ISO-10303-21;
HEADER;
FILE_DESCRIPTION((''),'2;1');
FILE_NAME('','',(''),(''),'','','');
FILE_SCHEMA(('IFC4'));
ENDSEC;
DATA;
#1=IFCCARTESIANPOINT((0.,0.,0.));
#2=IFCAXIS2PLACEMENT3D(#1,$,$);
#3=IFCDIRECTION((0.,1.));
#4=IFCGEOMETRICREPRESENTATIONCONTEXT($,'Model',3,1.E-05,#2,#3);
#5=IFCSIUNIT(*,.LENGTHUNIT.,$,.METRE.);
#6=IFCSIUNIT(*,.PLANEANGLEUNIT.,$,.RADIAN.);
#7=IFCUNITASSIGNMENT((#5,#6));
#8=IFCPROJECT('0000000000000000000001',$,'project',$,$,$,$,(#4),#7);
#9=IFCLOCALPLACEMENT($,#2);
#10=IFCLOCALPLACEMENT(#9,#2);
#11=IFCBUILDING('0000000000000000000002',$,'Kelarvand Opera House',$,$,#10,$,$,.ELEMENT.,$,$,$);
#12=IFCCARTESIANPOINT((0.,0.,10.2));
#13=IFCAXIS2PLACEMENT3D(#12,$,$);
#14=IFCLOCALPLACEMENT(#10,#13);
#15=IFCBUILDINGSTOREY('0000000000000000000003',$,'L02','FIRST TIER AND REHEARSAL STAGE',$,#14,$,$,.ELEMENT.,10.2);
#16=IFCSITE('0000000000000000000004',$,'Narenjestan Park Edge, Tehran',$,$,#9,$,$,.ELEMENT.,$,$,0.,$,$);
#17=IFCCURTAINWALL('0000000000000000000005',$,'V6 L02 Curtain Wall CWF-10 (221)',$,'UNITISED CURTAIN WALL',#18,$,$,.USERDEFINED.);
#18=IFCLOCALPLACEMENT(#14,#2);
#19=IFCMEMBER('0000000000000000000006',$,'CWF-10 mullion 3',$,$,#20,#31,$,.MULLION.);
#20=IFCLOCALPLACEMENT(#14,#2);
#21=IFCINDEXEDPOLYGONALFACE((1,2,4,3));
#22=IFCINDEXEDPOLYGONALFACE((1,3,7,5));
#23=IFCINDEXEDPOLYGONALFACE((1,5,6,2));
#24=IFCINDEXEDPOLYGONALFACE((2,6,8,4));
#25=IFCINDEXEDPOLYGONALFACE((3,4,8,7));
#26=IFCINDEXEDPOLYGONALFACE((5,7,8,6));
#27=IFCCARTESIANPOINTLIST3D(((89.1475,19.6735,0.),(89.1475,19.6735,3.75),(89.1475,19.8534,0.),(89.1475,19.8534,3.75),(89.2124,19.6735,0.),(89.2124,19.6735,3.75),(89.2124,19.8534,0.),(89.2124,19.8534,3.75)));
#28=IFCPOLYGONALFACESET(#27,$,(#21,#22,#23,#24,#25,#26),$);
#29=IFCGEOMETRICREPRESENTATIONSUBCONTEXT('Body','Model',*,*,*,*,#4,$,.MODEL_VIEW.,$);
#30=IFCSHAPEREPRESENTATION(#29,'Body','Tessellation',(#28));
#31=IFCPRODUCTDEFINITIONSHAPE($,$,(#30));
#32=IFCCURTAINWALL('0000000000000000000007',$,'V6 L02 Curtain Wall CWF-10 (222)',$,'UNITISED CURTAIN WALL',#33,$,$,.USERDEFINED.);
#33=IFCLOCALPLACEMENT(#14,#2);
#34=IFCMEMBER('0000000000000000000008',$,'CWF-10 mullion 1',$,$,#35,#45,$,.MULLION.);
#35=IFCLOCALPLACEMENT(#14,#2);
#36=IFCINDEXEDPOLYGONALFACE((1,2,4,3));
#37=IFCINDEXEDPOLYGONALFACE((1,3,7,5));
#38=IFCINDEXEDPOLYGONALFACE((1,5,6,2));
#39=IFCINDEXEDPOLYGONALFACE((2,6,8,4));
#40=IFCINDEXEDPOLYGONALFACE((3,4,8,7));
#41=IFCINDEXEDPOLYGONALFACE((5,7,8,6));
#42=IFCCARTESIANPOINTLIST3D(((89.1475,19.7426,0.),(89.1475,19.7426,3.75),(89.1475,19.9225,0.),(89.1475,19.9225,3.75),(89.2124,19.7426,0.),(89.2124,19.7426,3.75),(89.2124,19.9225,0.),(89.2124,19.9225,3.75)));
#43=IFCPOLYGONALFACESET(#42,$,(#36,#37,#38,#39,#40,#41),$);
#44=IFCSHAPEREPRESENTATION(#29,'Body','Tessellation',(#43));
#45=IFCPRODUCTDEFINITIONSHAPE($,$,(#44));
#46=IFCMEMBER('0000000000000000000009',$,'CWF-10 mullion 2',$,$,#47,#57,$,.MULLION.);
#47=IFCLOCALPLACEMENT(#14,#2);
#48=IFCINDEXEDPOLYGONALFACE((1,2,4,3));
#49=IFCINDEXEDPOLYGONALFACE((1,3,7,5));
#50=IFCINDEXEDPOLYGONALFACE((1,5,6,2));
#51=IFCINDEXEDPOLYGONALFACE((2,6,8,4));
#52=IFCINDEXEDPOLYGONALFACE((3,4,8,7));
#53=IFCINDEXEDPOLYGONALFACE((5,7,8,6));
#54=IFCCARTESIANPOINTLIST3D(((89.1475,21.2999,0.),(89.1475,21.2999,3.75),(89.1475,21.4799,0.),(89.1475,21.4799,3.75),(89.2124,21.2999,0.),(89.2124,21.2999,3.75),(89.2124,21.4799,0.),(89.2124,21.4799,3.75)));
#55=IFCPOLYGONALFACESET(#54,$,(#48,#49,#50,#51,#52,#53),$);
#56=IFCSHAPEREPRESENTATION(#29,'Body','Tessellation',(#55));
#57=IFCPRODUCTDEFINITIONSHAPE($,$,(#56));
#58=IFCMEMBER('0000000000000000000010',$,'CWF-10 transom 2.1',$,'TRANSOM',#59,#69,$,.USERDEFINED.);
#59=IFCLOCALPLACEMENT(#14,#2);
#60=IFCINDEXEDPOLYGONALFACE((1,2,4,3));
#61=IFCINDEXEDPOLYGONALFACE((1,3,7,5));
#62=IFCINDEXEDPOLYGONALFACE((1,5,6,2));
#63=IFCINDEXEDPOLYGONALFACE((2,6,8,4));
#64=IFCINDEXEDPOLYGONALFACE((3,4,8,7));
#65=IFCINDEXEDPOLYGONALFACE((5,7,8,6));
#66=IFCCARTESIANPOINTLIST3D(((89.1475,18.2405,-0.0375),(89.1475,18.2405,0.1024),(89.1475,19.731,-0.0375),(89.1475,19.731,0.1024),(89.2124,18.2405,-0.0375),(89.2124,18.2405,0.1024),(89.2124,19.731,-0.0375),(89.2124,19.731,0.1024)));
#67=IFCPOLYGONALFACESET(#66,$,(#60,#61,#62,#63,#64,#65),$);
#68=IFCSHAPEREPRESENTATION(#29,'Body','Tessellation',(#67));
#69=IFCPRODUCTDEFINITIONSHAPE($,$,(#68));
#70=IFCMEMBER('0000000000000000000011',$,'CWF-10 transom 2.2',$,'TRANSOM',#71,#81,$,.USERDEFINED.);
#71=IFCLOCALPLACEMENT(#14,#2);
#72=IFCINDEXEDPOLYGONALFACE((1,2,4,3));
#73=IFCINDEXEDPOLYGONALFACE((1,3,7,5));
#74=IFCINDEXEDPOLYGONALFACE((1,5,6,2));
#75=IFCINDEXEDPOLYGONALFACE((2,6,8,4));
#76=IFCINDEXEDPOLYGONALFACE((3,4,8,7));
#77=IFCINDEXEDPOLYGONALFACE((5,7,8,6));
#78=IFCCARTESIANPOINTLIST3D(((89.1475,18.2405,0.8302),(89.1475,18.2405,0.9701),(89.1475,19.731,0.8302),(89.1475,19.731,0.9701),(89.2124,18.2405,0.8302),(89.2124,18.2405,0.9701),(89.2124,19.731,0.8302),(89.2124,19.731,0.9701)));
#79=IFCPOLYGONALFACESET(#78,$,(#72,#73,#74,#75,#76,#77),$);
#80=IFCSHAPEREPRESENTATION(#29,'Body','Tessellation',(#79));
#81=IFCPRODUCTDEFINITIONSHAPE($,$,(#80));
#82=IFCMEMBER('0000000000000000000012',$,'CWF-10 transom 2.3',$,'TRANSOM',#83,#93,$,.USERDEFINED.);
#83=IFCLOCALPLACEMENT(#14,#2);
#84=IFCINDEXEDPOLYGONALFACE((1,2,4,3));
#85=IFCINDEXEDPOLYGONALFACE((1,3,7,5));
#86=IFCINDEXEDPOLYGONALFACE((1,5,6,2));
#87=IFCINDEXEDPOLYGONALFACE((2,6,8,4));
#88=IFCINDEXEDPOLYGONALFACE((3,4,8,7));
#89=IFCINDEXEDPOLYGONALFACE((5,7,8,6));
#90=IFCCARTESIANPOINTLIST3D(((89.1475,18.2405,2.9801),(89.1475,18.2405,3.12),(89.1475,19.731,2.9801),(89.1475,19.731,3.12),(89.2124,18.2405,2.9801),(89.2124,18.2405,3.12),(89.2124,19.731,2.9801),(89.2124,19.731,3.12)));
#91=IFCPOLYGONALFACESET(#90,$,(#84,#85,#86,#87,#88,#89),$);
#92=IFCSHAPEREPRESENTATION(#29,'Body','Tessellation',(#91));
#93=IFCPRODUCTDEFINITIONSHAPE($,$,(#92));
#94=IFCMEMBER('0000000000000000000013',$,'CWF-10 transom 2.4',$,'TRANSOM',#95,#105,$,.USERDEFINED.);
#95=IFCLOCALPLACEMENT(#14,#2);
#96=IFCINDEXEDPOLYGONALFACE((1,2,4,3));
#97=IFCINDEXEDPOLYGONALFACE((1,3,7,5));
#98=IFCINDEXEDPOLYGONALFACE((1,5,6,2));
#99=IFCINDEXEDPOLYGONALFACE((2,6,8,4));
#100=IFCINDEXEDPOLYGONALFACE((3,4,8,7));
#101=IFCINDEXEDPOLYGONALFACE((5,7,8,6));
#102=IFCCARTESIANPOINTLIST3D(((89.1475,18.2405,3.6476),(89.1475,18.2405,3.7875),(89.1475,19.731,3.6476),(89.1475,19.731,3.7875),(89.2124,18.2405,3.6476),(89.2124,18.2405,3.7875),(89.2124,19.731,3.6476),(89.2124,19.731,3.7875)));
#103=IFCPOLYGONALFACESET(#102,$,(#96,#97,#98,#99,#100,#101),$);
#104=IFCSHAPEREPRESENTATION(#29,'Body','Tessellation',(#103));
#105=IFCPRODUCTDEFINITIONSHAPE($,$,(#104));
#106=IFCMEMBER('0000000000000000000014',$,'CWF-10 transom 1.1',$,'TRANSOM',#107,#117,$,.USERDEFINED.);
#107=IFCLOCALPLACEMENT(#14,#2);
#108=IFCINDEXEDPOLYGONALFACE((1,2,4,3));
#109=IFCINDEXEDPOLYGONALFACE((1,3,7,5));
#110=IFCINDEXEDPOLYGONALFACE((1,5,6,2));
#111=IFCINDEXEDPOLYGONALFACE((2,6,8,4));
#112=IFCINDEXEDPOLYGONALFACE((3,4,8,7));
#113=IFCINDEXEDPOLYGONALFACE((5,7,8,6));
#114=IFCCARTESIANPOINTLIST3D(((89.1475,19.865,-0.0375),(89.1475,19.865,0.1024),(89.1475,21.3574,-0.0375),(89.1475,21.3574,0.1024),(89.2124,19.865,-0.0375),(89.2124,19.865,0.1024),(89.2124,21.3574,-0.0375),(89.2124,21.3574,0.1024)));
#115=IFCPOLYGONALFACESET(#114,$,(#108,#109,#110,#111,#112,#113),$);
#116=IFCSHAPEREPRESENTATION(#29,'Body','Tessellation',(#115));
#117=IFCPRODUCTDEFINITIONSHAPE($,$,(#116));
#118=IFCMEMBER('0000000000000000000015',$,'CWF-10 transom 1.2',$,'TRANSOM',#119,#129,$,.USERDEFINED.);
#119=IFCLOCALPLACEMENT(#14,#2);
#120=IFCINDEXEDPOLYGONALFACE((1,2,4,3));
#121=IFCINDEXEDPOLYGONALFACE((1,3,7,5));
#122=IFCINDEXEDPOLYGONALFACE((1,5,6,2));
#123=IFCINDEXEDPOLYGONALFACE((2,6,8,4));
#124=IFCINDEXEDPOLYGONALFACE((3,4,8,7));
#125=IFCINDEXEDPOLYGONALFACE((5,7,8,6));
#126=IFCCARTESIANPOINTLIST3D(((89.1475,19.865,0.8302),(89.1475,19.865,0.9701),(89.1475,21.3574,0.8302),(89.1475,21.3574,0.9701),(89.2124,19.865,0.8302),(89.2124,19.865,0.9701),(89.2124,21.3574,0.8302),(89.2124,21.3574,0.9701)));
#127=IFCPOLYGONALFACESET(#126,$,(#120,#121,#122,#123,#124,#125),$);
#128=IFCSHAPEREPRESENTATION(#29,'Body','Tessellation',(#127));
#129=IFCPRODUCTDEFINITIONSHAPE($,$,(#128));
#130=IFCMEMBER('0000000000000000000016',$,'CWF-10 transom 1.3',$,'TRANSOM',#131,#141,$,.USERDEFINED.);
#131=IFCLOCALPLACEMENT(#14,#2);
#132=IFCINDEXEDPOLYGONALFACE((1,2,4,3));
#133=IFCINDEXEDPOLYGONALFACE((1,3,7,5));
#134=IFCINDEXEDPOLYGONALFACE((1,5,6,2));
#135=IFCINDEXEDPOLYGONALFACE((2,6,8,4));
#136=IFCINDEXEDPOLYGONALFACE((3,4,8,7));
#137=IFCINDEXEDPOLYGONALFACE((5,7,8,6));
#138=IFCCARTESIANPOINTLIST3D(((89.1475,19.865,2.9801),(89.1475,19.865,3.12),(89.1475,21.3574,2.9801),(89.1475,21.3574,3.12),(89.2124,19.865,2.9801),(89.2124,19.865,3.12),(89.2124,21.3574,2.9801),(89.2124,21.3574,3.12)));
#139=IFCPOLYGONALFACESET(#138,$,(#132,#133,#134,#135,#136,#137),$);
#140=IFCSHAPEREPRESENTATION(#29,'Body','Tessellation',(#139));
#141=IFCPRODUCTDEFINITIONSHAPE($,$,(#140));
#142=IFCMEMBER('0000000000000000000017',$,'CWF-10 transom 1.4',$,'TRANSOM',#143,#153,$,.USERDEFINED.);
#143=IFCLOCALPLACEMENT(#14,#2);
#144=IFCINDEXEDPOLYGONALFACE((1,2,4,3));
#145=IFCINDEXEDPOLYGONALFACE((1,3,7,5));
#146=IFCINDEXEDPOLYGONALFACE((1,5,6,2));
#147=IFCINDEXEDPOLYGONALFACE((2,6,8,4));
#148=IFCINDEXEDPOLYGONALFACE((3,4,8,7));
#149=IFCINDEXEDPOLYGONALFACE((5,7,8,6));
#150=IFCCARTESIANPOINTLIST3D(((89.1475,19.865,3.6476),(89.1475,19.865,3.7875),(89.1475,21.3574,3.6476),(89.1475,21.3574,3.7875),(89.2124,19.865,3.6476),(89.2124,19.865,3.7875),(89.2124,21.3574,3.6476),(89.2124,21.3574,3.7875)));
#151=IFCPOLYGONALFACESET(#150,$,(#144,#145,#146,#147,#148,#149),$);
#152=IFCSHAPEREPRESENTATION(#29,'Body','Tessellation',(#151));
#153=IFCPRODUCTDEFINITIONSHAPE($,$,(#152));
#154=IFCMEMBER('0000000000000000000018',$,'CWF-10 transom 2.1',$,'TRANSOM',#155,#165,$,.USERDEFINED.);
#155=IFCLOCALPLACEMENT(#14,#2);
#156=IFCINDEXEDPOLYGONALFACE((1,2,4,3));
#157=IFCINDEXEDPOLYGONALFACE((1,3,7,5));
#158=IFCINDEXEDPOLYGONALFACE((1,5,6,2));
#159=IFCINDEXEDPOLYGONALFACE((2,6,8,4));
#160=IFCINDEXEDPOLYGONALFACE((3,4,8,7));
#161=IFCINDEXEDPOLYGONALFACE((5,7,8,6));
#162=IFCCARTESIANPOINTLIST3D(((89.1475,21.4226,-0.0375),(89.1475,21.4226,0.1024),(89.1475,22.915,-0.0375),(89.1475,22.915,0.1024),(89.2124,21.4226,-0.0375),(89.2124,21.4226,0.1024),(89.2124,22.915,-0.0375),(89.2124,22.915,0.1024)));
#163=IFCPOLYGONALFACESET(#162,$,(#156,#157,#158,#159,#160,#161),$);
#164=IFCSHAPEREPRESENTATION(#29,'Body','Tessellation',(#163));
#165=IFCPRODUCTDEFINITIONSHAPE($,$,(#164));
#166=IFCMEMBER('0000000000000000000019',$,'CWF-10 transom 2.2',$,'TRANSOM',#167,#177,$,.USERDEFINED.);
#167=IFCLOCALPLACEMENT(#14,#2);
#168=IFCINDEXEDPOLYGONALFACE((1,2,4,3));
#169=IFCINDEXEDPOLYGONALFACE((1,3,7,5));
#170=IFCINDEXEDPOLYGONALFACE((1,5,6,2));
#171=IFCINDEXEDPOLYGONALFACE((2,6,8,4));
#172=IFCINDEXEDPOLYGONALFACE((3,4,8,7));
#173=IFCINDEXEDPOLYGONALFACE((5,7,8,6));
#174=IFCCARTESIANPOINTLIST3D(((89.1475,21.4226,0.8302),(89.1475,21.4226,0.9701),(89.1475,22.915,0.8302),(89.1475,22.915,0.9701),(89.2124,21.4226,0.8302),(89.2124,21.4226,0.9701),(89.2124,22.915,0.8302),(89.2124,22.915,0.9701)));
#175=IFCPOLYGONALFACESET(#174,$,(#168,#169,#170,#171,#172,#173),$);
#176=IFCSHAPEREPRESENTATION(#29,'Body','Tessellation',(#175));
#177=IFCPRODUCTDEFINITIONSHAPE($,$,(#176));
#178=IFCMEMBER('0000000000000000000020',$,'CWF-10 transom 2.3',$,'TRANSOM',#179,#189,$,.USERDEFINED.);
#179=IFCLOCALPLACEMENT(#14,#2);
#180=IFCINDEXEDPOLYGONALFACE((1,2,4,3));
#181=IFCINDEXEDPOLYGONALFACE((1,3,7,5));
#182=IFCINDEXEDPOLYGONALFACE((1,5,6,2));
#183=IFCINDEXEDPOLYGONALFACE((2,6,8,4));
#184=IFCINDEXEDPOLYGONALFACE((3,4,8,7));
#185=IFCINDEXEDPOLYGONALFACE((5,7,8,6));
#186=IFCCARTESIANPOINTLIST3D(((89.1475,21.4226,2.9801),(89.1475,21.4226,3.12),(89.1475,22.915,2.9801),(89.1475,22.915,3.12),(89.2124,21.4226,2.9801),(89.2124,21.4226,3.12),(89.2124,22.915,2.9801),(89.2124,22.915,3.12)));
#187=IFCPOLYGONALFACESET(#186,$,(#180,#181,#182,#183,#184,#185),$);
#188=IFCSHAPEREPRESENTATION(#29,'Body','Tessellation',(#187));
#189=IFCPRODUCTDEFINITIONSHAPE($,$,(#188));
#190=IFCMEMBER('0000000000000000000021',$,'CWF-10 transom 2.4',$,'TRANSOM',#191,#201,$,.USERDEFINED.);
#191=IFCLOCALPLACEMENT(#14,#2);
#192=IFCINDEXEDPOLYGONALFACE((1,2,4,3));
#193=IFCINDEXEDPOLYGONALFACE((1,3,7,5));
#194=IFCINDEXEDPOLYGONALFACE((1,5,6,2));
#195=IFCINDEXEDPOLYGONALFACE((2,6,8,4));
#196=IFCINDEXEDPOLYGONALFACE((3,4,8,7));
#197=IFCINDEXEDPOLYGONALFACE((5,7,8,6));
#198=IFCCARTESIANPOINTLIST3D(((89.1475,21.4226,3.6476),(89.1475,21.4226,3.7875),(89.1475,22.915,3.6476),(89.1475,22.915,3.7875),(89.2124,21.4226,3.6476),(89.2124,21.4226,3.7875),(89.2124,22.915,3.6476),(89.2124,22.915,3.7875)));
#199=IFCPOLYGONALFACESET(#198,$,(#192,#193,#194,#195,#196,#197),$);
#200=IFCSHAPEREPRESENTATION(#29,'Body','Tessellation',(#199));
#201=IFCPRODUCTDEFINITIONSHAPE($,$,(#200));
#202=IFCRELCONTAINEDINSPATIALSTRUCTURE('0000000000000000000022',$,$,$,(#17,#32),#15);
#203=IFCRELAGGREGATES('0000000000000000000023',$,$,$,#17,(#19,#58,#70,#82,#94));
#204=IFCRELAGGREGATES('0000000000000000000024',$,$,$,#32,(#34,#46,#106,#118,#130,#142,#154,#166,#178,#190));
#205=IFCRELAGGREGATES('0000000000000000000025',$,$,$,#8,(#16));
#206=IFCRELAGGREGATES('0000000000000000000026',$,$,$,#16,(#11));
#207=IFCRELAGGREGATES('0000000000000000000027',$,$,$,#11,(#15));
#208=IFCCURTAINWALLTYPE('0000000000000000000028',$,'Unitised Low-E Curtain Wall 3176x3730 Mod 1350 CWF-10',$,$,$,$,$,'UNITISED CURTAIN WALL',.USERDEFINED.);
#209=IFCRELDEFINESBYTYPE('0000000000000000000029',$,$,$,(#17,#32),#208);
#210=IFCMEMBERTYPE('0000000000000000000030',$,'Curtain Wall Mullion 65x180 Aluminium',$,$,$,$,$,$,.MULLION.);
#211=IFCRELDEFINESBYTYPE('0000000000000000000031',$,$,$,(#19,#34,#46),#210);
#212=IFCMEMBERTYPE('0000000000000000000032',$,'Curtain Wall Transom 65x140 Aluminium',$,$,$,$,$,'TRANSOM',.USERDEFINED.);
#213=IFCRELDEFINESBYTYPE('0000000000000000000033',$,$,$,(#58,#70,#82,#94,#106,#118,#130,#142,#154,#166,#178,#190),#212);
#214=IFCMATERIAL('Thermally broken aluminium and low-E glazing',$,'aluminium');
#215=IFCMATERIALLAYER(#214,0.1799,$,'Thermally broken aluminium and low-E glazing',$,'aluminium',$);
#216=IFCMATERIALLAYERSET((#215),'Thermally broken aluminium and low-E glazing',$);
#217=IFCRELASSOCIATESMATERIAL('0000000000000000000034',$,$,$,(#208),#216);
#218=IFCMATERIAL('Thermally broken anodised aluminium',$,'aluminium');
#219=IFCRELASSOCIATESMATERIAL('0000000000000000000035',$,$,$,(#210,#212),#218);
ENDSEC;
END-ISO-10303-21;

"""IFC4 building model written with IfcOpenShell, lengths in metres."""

from ifc_helpers import new_model, si_unit, direction, frame, origin, origin_2d, place, context, subcontext, project, spatial, rectangle, extrude, material, layer, layer_set, material_profile, profile_set, type_object, element, aggregate, save


model = new_model("IFC4")

# Units and contexts
model_context = context("Model", 3, precision=1e-05, world=origin(), true_north=direction((0.0, 1.0)))
body_context = subcontext(model_context, "Body", "Model", "MODEL_VIEW")
ifc_project = project(units=[si_unit("LENGTHUNIT", "METRE"), si_unit("PLANEANGLEUNIT", "RADIAN")], contexts=[model_context])

# Site, building, storey
site_placement = place(None, origin())
site = spatial("IfcSite", under=ifc_project, at=site_placement, Name="Narenjestan Park Edge, Tehran", CompositionType="ELEMENT", RefElevation=0.0)
building_placement = place(site_placement, origin())
building = spatial("IfcBuilding", under=site, at=building_placement, Name="Kelarvand Opera House", CompositionType="ELEMENT")
storey_placement = place(building_placement, frame((0.0, 0.0, 10.2)))
storey = spatial("IfcBuildingStorey", under=building, at=storey_placement, Name="L02", Description="FIRST TIER AND REHEARSAL STAGE", CompositionType="ELEMENT", Elevation=10.2)

# Curtain wall, member
ifc_material_1 = material(Name="Thermally broken aluminium and low-E glazing", Category="aluminium")
ifc_layer_1 = layer(ifc_material_1, 0.1799, Name="Thermally broken aluminium and low-E glazing", Category="aluminium")
ifc_layer_set_1 = layer_set([ifc_layer_1], Name="Thermally broken aluminium and low-E glazing")
curtain_wall_type = type_object("IfcCurtainWallType", Name="Unitised Low-E Curtain Wall 3176x3730 Mod 1350 CWF-10", ElementType="UNITISED CURTAIN WALL", PredefinedType="USERDEFINED", material=ifc_layer_set_1)
curtain_wall_1_placement = place(storey_placement, origin())
curtain_wall_1 = element("IfcCurtainWall", 1, at=curtain_wall_1_placement, inside=storey, type_object=curtain_wall_type, Name="V6 L02 Curtain Wall CWF-10 (221)", ObjectType="UNITISED CURTAIN WALL", PredefinedType="USERDEFINED")
ifc_material_2 = material(Name="Thermally broken anodised aluminium", Category="aluminium")
ifc_material_profile_1 = material_profile(ifc_material_2, rectangle(XDim=0.0649, YDim=0.1799, at=origin_2d()), Name="ALU MULLION 65x180", Category="aluminium")
ifc_profile_set_1 = profile_set([ifc_material_profile_1], Name="Thermally broken anodised aluminium")
member_type_1 = type_object("IfcMemberType", Name="Curtain Wall Mullion 65x180 Aluminium", PredefinedType="MULLION", material=ifc_profile_set_1)
member_1_placement = place(storey_placement, frame((89.1799, 19.7634, 0.0), z_axis=(0.0, 0.0, 1.0), x_axis=(-1.0, 0.0, 0.0)))
member_1 = element("IfcMember", 2, at=member_1_placement, type_object=member_type_1, Name="CWF-10 mullion 3", PredefinedType="MULLION", context=body_context, shape_type="SweptSolid", body=[
    extrude(rectangle(XDim=0.0649, YDim=0.1799, at=origin_2d()), origin(), (0.0, 0.0, 1.0), 3.75),
])

# Curtain wall, members
curtain_wall_2_placement = place(storey_placement, origin())
curtain_wall_2 = element("IfcCurtainWall", 3, at=curtain_wall_2_placement, inside=storey, type_object=curtain_wall_type, Name="V6 L02 Curtain Wall CWF-10 (222)", ObjectType="UNITISED CURTAIN WALL", PredefinedType="USERDEFINED")
member_2_placement = place(storey_placement, frame((89.1799, 19.8325, 0.0), z_axis=(0.0, 0.0, 1.0), x_axis=(-1.0, 0.0, 0.0)))
member_2 = element("IfcMember", 4, at=member_2_placement, type_object=member_type_1, Name="CWF-10 mullion 1", PredefinedType="MULLION", context=body_context, shape_type="SweptSolid", body=[
    extrude(rectangle(XDim=0.0649, YDim=0.1799, at=origin_2d()), origin(), (0.0, 0.0, 1.0), 3.75),
])
member_3_placement = place(storey_placement, frame((89.1799, 21.3899, 0.0), z_axis=(0.0, 0.0, 1.0), x_axis=(-1.0, 0.0, 0.0)))
member_3 = element("IfcMember", 5, at=member_3_placement, type_object=member_type_1, Name="CWF-10 mullion 2", PredefinedType="MULLION", context=body_context, shape_type="SweptSolid", body=[
    extrude(rectangle(XDim=0.0649, YDim=0.1799, at=origin_2d()), origin(), (0.0, 0.0, 1.0), 3.75),
])

# Members
ifc_material_profile_2 = material_profile(ifc_material_2, rectangle(XDim=0.0649, YDim=0.1399, at=origin_2d()), Name="ALU TRANSOM 65x140", Category="aluminium")
ifc_profile_set_2 = profile_set([ifc_material_profile_2], Name="Thermally broken anodised aluminium")
member_type_2 = type_object("IfcMemberType", Name="Curtain Wall Transom 65x140 Aluminium", ElementType="TRANSOM", PredefinedType="USERDEFINED", material=ifc_profile_set_2)
member_4_placement = place(storey_placement, frame((89.1799, 18.2405, 0.0325), z_axis=(0.0, 1.0, 0.0), x_axis=(-1.0, 0.0, 0.0)))
member_4 = element("IfcMember", 6, at=member_4_placement, type_object=member_type_2, Name="CWF-10 transom 2.1", ObjectType="TRANSOM", PredefinedType="USERDEFINED", context=body_context, shape_type="SweptSolid", body=[
    extrude(rectangle(XDim=0.0649, YDim=0.1399, at=origin_2d()), origin(), (0.0, 0.0, 1.0), 1.4905),
])
member_5_placement = place(storey_placement, frame((89.1799, 18.2405, 0.9001), z_axis=(0.0, 1.0, 0.0), x_axis=(-1.0, 0.0, 0.0)))
member_5 = element("IfcMember", 7, at=member_5_placement, type_object=member_type_2, Name="CWF-10 transom 2.2", ObjectType="TRANSOM", PredefinedType="USERDEFINED", context=body_context, shape_type="SweptSolid", body=[
    extrude(rectangle(XDim=0.0649, YDim=0.1399, at=origin_2d()), origin(), (0.0, 0.0, 1.0), 1.4905),
])
member_6_placement = place(storey_placement, frame((89.1799, 18.2405, 3.05), z_axis=(0.0, 1.0, 0.0), x_axis=(-1.0, 0.0, 0.0)))
member_6 = element("IfcMember", 8, at=member_6_placement, type_object=member_type_2, Name="CWF-10 transom 2.3", ObjectType="TRANSOM", PredefinedType="USERDEFINED", context=body_context, shape_type="SweptSolid", body=[
    extrude(rectangle(XDim=0.0649, YDim=0.1399, at=origin_2d()), origin(), (0.0, 0.0, 1.0), 1.4905),
])
member_7_placement = place(storey_placement, frame((89.1799, 18.2405, 3.7175), z_axis=(0.0, 1.0, 0.0), x_axis=(-1.0, 0.0, 0.0)))
member_7 = element("IfcMember", 9, at=member_7_placement, type_object=member_type_2, Name="CWF-10 transom 2.4", ObjectType="TRANSOM", PredefinedType="USERDEFINED", context=body_context, shape_type="SweptSolid", body=[
    extrude(rectangle(XDim=0.0649, YDim=0.1399, at=origin_2d()), origin(), (0.0, 0.0, 1.0), 1.4905),
])
member_8_placement = place(storey_placement, frame((89.1799, 19.865, 0.0325), z_axis=(0.0, 1.0, 0.0), x_axis=(-1.0, 0.0, 0.0)))
member_8 = element("IfcMember", 10, at=member_8_placement, type_object=member_type_2, Name="CWF-10 transom 1.1", ObjectType="TRANSOM", PredefinedType="USERDEFINED", context=body_context, shape_type="SweptSolid", body=[
    extrude(rectangle(XDim=0.0649, YDim=0.1399, at=origin_2d()), origin(), (0.0, 0.0, 1.0), 1.4924),
])
member_9_placement = place(storey_placement, frame((89.1799, 19.865, 0.9001), z_axis=(0.0, 1.0, 0.0), x_axis=(-1.0, 0.0, 0.0)))
member_9 = element("IfcMember", 11, at=member_9_placement, type_object=member_type_2, Name="CWF-10 transom 1.2", ObjectType="TRANSOM", PredefinedType="USERDEFINED", context=body_context, shape_type="SweptSolid", body=[
    extrude(rectangle(XDim=0.0649, YDim=0.1399, at=origin_2d()), origin(), (0.0, 0.0, 1.0), 1.4924),
])
member_10_placement = place(storey_placement, frame((89.1799, 19.865, 3.05), z_axis=(0.0, 1.0, 0.0), x_axis=(-1.0, 0.0, 0.0)))
member_10 = element("IfcMember", 12, at=member_10_placement, type_object=member_type_2, Name="CWF-10 transom 1.3", ObjectType="TRANSOM", PredefinedType="USERDEFINED", context=body_context, shape_type="SweptSolid", body=[
    extrude(rectangle(XDim=0.0649, YDim=0.1399, at=origin_2d()), origin(), (0.0, 0.0, 1.0), 1.4924),
])
member_11_placement = place(storey_placement, frame((89.1799, 19.865, 3.7175), z_axis=(0.0, 1.0, 0.0), x_axis=(-1.0, 0.0, 0.0)))
member_11 = element("IfcMember", 13, at=member_11_placement, type_object=member_type_2, Name="CWF-10 transom 1.4", ObjectType="TRANSOM", PredefinedType="USERDEFINED", context=body_context, shape_type="SweptSolid", body=[
    extrude(rectangle(XDim=0.0649, YDim=0.1399, at=origin_2d()), origin(), (0.0, 0.0, 1.0), 1.4924),
])
member_12_placement = place(storey_placement, frame((89.1799, 21.4226, 0.0325), z_axis=(0.0, 1.0, 0.0), x_axis=(-1.0, 0.0, 0.0)))
member_12 = element("IfcMember", 14, at=member_12_placement, type_object=member_type_2, Name="CWF-10 transom 2.1", ObjectType="TRANSOM", PredefinedType="USERDEFINED", context=body_context, shape_type="SweptSolid", body=[
    extrude(rectangle(XDim=0.0649, YDim=0.1399, at=origin_2d()), origin(), (0.0, 0.0, 1.0), 1.4924),
])
member_13_placement = place(storey_placement, frame((89.1799, 21.4226, 0.9001), z_axis=(0.0, 1.0, 0.0), x_axis=(-1.0, 0.0, 0.0)))
member_13 = element("IfcMember", 15, at=member_13_placement, type_object=member_type_2, Name="CWF-10 transom 2.2", ObjectType="TRANSOM", PredefinedType="USERDEFINED", context=body_context, shape_type="SweptSolid", body=[
    extrude(rectangle(XDim=0.0649, YDim=0.1399, at=origin_2d()), origin(), (0.0, 0.0, 1.0), 1.4924),
])
member_14_placement = place(storey_placement, frame((89.1799, 21.4226, 3.05), z_axis=(0.0, 1.0, 0.0), x_axis=(-1.0, 0.0, 0.0)))
member_14 = element("IfcMember", 16, at=member_14_placement, type_object=member_type_2, Name="CWF-10 transom 2.3", ObjectType="TRANSOM", PredefinedType="USERDEFINED", context=body_context, shape_type="SweptSolid", body=[
    extrude(rectangle(XDim=0.0649, YDim=0.1399, at=origin_2d()), origin(), (0.0, 0.0, 1.0), 1.4924),
])
member_15_placement = place(storey_placement, frame((89.1799, 21.4226, 3.7175), z_axis=(0.0, 1.0, 0.0), x_axis=(-1.0, 0.0, 0.0)))
member_15 = element("IfcMember", 17, at=member_15_placement, type_object=member_type_2, Name="CWF-10 transom 2.4", ObjectType="TRANSOM", PredefinedType="USERDEFINED", context=body_context, shape_type="SweptSolid", body=[
    extrude(rectangle(XDim=0.0649, YDim=0.1399, at=origin_2d()), origin(), (0.0, 0.0, 1.0), 1.4924),
])

aggregate(curtain_wall_1, [member_1, member_4, member_5, member_6, member_7])
aggregate(curtain_wall_2, [member_2, member_3, member_8, member_9, member_10, member_11, member_12, member_13, member_14, member_15])

save(model, "model.ifc")
